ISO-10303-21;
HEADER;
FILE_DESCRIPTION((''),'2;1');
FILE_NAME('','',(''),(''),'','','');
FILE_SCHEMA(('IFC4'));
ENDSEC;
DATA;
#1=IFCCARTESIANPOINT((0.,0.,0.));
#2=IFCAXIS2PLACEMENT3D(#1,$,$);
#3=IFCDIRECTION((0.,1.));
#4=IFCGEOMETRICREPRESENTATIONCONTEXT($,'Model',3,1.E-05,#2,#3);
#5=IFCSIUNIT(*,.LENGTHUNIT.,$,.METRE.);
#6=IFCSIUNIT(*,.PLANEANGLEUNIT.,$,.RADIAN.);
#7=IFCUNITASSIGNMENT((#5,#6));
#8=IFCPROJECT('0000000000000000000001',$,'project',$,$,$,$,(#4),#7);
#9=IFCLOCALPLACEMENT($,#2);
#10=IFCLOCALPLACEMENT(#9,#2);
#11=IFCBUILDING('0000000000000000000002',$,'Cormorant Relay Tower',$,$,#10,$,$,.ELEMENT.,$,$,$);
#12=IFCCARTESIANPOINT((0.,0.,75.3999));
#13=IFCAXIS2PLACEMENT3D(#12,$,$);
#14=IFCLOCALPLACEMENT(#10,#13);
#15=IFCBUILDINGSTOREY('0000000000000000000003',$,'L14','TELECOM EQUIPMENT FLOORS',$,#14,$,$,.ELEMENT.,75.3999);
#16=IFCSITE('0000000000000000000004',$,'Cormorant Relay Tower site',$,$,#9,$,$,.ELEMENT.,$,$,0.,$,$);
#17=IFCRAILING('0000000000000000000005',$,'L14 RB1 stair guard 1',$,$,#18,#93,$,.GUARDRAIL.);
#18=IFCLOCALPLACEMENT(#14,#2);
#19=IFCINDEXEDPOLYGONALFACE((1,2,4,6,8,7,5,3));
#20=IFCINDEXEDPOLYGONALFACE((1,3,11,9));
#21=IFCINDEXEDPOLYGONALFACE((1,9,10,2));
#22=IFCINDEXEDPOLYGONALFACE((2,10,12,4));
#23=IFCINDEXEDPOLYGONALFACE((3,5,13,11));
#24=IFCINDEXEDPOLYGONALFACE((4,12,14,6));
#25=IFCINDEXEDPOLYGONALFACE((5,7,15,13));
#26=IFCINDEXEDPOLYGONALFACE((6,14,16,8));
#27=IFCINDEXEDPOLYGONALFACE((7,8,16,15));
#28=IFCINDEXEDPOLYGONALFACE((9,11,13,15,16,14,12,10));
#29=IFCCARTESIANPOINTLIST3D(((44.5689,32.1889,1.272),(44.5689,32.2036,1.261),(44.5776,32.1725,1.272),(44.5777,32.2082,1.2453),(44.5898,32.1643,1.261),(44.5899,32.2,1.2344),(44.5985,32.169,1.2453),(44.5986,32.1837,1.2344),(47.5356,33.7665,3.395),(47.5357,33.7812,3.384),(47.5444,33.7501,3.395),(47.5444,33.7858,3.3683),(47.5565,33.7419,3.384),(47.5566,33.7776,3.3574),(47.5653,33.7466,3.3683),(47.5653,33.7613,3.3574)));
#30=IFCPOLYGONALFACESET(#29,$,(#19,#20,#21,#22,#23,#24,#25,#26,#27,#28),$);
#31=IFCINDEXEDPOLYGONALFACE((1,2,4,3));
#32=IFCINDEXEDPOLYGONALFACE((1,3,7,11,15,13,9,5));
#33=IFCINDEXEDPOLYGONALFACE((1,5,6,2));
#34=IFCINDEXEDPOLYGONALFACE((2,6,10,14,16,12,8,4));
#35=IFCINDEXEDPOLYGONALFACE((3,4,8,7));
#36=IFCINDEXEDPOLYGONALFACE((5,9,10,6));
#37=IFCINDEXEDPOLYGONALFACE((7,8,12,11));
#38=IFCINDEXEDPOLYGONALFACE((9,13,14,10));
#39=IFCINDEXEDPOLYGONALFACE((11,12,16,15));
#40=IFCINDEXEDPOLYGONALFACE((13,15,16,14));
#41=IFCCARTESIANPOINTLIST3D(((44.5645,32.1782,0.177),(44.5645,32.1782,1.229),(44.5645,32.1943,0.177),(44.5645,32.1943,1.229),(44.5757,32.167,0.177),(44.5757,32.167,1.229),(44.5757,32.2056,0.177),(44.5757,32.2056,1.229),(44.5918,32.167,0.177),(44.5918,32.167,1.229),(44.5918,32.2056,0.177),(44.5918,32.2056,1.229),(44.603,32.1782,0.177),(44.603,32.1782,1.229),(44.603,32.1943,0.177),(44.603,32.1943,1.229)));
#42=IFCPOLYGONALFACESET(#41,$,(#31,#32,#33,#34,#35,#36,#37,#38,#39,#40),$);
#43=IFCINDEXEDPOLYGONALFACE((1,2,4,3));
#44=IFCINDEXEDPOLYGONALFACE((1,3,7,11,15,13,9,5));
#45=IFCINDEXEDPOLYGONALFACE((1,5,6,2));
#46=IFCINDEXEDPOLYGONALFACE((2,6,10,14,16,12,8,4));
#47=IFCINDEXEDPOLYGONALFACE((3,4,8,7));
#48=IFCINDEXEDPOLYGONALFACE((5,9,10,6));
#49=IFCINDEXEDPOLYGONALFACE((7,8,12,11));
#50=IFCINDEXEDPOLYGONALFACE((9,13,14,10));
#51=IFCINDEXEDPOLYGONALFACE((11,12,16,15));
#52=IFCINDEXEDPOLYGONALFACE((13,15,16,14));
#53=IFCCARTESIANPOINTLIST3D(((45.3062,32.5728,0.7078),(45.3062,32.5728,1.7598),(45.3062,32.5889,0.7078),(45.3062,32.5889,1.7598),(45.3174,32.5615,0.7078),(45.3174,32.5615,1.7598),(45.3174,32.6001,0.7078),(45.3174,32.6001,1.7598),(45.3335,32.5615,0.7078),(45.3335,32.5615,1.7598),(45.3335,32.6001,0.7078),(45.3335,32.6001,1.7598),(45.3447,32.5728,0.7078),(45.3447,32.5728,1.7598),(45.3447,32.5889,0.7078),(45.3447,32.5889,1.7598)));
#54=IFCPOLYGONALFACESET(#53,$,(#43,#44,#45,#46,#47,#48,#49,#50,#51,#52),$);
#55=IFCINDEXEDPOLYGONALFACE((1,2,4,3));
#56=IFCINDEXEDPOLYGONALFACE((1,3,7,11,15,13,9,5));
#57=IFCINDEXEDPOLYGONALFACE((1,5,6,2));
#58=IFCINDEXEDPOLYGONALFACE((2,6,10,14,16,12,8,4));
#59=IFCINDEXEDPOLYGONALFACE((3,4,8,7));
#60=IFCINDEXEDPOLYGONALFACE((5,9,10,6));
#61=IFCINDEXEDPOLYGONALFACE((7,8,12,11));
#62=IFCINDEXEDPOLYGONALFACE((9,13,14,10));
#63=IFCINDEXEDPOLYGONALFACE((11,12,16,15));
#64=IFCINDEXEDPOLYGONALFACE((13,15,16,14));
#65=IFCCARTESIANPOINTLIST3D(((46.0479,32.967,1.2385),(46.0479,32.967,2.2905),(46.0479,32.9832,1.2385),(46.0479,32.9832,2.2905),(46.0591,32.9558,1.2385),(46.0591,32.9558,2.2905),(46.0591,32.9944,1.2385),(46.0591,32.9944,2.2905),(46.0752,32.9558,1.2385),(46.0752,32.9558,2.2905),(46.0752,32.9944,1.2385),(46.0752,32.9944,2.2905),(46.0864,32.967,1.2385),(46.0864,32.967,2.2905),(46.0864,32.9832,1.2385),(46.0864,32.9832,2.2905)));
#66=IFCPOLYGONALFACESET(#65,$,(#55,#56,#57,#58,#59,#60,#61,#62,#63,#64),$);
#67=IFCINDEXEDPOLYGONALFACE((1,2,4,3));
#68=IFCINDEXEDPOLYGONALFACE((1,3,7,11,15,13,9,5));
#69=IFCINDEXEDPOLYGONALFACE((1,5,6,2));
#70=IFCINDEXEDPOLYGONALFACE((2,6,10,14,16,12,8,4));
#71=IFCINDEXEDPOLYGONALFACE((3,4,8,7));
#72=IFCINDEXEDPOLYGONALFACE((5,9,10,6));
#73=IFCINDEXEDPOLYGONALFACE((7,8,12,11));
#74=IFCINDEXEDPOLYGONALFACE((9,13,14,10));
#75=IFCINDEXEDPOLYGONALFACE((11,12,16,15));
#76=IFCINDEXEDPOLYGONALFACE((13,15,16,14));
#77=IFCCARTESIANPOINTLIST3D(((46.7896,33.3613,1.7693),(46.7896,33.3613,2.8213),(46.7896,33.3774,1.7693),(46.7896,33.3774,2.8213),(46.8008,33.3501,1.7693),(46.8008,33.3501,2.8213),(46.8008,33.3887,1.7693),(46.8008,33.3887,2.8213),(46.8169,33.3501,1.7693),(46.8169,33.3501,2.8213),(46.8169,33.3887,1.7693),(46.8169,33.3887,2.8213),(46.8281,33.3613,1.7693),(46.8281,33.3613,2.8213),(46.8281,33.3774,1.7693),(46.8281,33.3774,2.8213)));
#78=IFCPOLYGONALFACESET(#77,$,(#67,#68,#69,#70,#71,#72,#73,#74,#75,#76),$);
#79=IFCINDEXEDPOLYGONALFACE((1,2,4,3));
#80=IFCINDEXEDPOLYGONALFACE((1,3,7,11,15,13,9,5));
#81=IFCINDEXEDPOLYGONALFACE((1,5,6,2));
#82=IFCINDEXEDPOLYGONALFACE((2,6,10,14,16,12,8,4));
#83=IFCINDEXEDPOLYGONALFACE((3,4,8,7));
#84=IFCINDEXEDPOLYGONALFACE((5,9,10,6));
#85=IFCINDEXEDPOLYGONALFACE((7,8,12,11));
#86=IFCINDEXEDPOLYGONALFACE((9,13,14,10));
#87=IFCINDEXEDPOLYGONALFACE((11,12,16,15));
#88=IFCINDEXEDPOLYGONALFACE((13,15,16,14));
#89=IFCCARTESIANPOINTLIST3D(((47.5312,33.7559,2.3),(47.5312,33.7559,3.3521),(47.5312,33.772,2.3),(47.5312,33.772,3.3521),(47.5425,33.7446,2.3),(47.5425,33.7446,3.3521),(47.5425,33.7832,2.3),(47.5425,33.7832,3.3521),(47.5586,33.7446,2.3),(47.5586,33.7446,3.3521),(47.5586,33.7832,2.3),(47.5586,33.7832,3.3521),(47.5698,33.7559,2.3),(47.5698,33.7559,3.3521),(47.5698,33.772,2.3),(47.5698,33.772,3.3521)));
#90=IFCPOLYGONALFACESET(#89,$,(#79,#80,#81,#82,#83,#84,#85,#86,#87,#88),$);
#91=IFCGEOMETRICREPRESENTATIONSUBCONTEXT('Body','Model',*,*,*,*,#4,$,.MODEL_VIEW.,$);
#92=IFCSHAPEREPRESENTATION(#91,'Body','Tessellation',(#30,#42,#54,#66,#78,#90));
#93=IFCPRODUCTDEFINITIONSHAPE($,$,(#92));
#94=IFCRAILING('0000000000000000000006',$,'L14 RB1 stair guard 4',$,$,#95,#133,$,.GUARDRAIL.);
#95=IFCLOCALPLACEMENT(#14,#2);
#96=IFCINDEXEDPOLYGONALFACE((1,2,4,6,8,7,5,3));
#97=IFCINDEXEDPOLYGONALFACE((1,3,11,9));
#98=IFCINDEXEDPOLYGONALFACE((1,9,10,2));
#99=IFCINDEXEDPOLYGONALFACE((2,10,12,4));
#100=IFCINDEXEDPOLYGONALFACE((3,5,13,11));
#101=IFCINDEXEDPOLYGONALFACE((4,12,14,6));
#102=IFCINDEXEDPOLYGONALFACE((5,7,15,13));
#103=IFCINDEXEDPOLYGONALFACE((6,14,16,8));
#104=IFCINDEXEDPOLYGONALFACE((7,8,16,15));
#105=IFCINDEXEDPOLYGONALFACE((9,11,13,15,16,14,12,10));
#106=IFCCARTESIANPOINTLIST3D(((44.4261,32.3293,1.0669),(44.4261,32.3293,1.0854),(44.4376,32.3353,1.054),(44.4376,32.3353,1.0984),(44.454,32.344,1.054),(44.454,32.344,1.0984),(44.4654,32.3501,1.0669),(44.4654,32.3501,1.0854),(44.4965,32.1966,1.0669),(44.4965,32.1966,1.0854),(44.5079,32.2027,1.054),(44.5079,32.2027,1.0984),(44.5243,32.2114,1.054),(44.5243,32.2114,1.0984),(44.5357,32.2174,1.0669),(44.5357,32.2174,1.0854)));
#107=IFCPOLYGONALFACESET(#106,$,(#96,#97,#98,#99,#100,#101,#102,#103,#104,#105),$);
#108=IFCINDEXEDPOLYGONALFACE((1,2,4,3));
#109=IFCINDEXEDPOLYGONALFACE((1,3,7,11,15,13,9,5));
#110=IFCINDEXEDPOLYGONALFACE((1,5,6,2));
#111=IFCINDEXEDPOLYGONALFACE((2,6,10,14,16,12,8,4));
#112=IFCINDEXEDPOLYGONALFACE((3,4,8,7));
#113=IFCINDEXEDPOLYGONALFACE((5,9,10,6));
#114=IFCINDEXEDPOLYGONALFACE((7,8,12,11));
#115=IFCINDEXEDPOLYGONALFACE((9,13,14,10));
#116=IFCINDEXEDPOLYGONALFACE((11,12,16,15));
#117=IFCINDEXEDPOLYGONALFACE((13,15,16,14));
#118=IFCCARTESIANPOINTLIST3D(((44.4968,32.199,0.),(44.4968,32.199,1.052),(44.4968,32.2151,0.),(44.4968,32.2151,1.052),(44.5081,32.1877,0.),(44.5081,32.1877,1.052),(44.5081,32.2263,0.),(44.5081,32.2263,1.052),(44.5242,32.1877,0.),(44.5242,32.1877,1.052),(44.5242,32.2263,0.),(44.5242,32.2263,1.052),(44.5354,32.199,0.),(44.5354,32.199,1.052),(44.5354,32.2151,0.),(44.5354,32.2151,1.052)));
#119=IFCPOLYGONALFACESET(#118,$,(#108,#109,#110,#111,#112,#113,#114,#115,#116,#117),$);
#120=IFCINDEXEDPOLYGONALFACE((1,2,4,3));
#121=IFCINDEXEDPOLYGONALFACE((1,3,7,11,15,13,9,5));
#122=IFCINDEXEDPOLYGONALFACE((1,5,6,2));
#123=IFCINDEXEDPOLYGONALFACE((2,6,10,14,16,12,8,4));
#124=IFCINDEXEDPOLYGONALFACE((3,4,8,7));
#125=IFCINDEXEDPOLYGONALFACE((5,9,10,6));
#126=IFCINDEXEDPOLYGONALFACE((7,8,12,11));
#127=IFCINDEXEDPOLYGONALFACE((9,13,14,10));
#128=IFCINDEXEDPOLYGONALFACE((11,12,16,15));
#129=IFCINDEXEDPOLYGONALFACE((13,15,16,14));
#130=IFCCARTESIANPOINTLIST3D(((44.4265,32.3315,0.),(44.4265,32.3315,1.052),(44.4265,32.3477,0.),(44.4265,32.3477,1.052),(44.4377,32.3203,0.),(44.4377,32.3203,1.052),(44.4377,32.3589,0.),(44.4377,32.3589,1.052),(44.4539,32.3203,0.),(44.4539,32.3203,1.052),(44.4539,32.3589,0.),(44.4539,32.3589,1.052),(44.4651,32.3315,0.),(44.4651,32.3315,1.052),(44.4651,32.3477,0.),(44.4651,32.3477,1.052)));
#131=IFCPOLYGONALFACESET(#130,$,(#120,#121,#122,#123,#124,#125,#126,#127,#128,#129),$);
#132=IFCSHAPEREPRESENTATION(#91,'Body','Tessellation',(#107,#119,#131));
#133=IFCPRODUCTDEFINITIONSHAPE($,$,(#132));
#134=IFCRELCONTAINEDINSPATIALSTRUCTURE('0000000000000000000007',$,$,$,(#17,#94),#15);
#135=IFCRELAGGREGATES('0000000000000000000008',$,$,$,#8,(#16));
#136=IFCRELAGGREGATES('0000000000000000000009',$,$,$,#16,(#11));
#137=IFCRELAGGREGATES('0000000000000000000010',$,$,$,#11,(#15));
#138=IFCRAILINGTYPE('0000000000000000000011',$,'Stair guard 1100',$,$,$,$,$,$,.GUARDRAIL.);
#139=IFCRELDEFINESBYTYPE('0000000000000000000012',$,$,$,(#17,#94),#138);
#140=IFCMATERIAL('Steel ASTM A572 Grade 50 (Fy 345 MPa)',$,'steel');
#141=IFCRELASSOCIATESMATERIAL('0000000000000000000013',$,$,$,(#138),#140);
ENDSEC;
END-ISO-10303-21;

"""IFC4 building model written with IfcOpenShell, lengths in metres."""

from ifc_helpers import new_model, si_unit, direction, frame, origin, place, context, subcontext, project, spatial, polyline, outline, extrude, material, type_object, element, save


model = new_model("IFC4")

# Units and contexts
model_context = context("Model", 3, precision=1e-05, world=origin(), true_north=direction((0.0, 1.0)))
body_context = subcontext(model_context, "Body", "Model", "MODEL_VIEW")
ifc_project = project(units=[si_unit("LENGTHUNIT", "METRE"), si_unit("PLANEANGLEUNIT", "RADIAN")], contexts=[model_context])

# Site, building, storey
site_placement = place(None, origin())
site = spatial("IfcSite", under=ifc_project, at=site_placement, Name="Cormorant Relay Tower site", CompositionType="ELEMENT", RefElevation=0.0)
building_placement = place(site_placement, origin())
building = spatial("IfcBuilding", under=site, at=building_placement, Name="Cormorant Relay Tower", CompositionType="ELEMENT")
storey_placement = place(building_placement, frame((0.0, 0.0, 75.3999)))
storey = spatial("IfcBuildingStorey", under=building, at=storey_placement, Name="L14", Description="TELECOM EQUIPMENT FLOORS", CompositionType="ELEMENT", Elevation=75.3999)

# Railings
ifc_material_1 = material(Name="Steel ASTM A572 Grade 50 (Fy 345 MPa)", Category="steel")
railing_type_1 = type_object("IfcRailingType", Name="Stair guard 1100", PredefinedType="GUARDRAIL", material=ifc_material_1)
railing_1_placement = place(storey_placement, frame((44.5837, 32.1863, 0.177)))
element("IfcRailing", 1, at=railing_1_placement, inside=storey, type_object=railing_type_1, Name="L14 RB1 stair guard 1", PredefinedType="GUARDRAIL", context=body_context, shape_type="SweptSolid", body=[
    extrude(outline(polyline([(0.0222, 0.0093), (0.0093, 0.0222), (-0.0093, 0.0222), (-0.0222, 0.0093), (-0.0222, -0.0093), (-0.0093, -0.0222), (0.0093, -0.0222), (0.0222, -0.0093), (0.0222, 0.0093)])), frame((0.0, 0.0, 1.0762), z_axis=(0.746422, 0.396921, 0.534142), x_axis=(-0.469509, 0.882928, 0.0)), (0.0, 0.0, 1.0), 3.9746),
    extrude(outline(polyline([(0.0193, 0.0081), (0.0081, 0.0193), (-0.0081, 0.0193), (-0.0193, 0.0081), (-0.0193, -0.0081), (-0.0081, -0.0193), (0.0081, -0.0193), (0.0193, -0.0081), (0.0193, 0.0081)])), origin(), (0.0, 0.0, 1.0), 1.052),
    extrude(outline(polyline([(0.0193, 0.0081), (0.0081, 0.0193), (-0.0081, 0.0193), (-0.0193, 0.0081), (-0.0193, -0.0081), (-0.0081, -0.0193), (0.0081, -0.0193), (0.0193, -0.0081), (0.0193, 0.0081)])), frame((0.7417, 0.3945, 0.5308)), (0.0, 0.0, 1.0), 1.052),
    extrude(outline(polyline([(0.0193, 0.0081), (0.0081, 0.0193), (-0.0081, 0.0193), (-0.0193, 0.0081), (-0.0193, -0.0081), (-0.0081, -0.0193), (0.0081, -0.0193), (0.0193, -0.0081), (0.0193, 0.0081)])), frame((1.4834, 0.7888, 1.0615)), (0.0, 0.0, 1.0), 1.052),
    extrude(outline(polyline([(0.0193, 0.0081), (0.0081, 0.0193), (-0.0081, 0.0193), (-0.0193, 0.0081), (-0.0193, -0.0081), (-0.0081, -0.0193), (0.0081, -0.0193), (0.0193, -0.0081), (0.0193, 0.0081)])), frame((2.2251, 1.1831, 1.5923)), (0.0, 0.0, 1.0), 1.052),
    extrude(outline(polyline([(0.0193, 0.0081), (0.0081, 0.0193), (-0.0081, 0.0193), (-0.0193, 0.0081), (-0.0193, -0.0081), (-0.0081, -0.0193), (0.0081, -0.0193), (0.0193, -0.0081), (0.0193, 0.0081)])), frame((2.9668, 1.5776, 2.123)), (0.0, 0.0, 1.0), 1.052),
])
railing_2_placement = place(storey_placement, frame((44.5161, 32.207, 0.0)))
element("IfcRailing", 2, at=railing_2_placement, inside=storey, type_object=railing_type_1, Name="L14 RB1 stair guard 4", PredefinedType="GUARDRAIL", context=body_context, shape_type="SweptSolid", body=[
    extrude(outline(polyline([(0.0222, 0.0093), (0.0093, 0.0222), (-0.0093, 0.0222), (-0.0222, 0.0093), (-0.0222, -0.0093), (-0.0093, -0.0222), (0.0093, -0.0222), (0.0222, -0.0093), (0.0222, 0.0093)])), frame((0.0, 0.0, 1.0762), z_axis=(-0.46856, 0.883431, 0.0), x_axis=(-0.883431, -0.46856, 0.0)), (0.0, 0.0, 1.0), 0.1501),
    extrude(outline(polyline([(0.0193, 0.0081), (0.0081, 0.0193), (-0.0081, 0.0193), (-0.0193, 0.0081), (-0.0193, -0.0081), (-0.0081, -0.0193), (0.0081, -0.0193), (0.0193, -0.0081), (0.0193, 0.0081)])), origin(), (0.0, 0.0, 1.0), 1.052),
    extrude(outline(polyline([(0.0193, 0.0081), (0.0081, 0.0193), (-0.0081, 0.0193), (-0.0193, 0.0081), (-0.0193, -0.0081), (-0.0081, -0.0193), (0.0081, -0.0193), (0.0193, -0.0081), (0.0193, 0.0081)])), frame((-0.0703, 0.1326, 0.0)), (0.0, 0.0, 1.0), 1.052),
])

save(model, "model.ifc")
